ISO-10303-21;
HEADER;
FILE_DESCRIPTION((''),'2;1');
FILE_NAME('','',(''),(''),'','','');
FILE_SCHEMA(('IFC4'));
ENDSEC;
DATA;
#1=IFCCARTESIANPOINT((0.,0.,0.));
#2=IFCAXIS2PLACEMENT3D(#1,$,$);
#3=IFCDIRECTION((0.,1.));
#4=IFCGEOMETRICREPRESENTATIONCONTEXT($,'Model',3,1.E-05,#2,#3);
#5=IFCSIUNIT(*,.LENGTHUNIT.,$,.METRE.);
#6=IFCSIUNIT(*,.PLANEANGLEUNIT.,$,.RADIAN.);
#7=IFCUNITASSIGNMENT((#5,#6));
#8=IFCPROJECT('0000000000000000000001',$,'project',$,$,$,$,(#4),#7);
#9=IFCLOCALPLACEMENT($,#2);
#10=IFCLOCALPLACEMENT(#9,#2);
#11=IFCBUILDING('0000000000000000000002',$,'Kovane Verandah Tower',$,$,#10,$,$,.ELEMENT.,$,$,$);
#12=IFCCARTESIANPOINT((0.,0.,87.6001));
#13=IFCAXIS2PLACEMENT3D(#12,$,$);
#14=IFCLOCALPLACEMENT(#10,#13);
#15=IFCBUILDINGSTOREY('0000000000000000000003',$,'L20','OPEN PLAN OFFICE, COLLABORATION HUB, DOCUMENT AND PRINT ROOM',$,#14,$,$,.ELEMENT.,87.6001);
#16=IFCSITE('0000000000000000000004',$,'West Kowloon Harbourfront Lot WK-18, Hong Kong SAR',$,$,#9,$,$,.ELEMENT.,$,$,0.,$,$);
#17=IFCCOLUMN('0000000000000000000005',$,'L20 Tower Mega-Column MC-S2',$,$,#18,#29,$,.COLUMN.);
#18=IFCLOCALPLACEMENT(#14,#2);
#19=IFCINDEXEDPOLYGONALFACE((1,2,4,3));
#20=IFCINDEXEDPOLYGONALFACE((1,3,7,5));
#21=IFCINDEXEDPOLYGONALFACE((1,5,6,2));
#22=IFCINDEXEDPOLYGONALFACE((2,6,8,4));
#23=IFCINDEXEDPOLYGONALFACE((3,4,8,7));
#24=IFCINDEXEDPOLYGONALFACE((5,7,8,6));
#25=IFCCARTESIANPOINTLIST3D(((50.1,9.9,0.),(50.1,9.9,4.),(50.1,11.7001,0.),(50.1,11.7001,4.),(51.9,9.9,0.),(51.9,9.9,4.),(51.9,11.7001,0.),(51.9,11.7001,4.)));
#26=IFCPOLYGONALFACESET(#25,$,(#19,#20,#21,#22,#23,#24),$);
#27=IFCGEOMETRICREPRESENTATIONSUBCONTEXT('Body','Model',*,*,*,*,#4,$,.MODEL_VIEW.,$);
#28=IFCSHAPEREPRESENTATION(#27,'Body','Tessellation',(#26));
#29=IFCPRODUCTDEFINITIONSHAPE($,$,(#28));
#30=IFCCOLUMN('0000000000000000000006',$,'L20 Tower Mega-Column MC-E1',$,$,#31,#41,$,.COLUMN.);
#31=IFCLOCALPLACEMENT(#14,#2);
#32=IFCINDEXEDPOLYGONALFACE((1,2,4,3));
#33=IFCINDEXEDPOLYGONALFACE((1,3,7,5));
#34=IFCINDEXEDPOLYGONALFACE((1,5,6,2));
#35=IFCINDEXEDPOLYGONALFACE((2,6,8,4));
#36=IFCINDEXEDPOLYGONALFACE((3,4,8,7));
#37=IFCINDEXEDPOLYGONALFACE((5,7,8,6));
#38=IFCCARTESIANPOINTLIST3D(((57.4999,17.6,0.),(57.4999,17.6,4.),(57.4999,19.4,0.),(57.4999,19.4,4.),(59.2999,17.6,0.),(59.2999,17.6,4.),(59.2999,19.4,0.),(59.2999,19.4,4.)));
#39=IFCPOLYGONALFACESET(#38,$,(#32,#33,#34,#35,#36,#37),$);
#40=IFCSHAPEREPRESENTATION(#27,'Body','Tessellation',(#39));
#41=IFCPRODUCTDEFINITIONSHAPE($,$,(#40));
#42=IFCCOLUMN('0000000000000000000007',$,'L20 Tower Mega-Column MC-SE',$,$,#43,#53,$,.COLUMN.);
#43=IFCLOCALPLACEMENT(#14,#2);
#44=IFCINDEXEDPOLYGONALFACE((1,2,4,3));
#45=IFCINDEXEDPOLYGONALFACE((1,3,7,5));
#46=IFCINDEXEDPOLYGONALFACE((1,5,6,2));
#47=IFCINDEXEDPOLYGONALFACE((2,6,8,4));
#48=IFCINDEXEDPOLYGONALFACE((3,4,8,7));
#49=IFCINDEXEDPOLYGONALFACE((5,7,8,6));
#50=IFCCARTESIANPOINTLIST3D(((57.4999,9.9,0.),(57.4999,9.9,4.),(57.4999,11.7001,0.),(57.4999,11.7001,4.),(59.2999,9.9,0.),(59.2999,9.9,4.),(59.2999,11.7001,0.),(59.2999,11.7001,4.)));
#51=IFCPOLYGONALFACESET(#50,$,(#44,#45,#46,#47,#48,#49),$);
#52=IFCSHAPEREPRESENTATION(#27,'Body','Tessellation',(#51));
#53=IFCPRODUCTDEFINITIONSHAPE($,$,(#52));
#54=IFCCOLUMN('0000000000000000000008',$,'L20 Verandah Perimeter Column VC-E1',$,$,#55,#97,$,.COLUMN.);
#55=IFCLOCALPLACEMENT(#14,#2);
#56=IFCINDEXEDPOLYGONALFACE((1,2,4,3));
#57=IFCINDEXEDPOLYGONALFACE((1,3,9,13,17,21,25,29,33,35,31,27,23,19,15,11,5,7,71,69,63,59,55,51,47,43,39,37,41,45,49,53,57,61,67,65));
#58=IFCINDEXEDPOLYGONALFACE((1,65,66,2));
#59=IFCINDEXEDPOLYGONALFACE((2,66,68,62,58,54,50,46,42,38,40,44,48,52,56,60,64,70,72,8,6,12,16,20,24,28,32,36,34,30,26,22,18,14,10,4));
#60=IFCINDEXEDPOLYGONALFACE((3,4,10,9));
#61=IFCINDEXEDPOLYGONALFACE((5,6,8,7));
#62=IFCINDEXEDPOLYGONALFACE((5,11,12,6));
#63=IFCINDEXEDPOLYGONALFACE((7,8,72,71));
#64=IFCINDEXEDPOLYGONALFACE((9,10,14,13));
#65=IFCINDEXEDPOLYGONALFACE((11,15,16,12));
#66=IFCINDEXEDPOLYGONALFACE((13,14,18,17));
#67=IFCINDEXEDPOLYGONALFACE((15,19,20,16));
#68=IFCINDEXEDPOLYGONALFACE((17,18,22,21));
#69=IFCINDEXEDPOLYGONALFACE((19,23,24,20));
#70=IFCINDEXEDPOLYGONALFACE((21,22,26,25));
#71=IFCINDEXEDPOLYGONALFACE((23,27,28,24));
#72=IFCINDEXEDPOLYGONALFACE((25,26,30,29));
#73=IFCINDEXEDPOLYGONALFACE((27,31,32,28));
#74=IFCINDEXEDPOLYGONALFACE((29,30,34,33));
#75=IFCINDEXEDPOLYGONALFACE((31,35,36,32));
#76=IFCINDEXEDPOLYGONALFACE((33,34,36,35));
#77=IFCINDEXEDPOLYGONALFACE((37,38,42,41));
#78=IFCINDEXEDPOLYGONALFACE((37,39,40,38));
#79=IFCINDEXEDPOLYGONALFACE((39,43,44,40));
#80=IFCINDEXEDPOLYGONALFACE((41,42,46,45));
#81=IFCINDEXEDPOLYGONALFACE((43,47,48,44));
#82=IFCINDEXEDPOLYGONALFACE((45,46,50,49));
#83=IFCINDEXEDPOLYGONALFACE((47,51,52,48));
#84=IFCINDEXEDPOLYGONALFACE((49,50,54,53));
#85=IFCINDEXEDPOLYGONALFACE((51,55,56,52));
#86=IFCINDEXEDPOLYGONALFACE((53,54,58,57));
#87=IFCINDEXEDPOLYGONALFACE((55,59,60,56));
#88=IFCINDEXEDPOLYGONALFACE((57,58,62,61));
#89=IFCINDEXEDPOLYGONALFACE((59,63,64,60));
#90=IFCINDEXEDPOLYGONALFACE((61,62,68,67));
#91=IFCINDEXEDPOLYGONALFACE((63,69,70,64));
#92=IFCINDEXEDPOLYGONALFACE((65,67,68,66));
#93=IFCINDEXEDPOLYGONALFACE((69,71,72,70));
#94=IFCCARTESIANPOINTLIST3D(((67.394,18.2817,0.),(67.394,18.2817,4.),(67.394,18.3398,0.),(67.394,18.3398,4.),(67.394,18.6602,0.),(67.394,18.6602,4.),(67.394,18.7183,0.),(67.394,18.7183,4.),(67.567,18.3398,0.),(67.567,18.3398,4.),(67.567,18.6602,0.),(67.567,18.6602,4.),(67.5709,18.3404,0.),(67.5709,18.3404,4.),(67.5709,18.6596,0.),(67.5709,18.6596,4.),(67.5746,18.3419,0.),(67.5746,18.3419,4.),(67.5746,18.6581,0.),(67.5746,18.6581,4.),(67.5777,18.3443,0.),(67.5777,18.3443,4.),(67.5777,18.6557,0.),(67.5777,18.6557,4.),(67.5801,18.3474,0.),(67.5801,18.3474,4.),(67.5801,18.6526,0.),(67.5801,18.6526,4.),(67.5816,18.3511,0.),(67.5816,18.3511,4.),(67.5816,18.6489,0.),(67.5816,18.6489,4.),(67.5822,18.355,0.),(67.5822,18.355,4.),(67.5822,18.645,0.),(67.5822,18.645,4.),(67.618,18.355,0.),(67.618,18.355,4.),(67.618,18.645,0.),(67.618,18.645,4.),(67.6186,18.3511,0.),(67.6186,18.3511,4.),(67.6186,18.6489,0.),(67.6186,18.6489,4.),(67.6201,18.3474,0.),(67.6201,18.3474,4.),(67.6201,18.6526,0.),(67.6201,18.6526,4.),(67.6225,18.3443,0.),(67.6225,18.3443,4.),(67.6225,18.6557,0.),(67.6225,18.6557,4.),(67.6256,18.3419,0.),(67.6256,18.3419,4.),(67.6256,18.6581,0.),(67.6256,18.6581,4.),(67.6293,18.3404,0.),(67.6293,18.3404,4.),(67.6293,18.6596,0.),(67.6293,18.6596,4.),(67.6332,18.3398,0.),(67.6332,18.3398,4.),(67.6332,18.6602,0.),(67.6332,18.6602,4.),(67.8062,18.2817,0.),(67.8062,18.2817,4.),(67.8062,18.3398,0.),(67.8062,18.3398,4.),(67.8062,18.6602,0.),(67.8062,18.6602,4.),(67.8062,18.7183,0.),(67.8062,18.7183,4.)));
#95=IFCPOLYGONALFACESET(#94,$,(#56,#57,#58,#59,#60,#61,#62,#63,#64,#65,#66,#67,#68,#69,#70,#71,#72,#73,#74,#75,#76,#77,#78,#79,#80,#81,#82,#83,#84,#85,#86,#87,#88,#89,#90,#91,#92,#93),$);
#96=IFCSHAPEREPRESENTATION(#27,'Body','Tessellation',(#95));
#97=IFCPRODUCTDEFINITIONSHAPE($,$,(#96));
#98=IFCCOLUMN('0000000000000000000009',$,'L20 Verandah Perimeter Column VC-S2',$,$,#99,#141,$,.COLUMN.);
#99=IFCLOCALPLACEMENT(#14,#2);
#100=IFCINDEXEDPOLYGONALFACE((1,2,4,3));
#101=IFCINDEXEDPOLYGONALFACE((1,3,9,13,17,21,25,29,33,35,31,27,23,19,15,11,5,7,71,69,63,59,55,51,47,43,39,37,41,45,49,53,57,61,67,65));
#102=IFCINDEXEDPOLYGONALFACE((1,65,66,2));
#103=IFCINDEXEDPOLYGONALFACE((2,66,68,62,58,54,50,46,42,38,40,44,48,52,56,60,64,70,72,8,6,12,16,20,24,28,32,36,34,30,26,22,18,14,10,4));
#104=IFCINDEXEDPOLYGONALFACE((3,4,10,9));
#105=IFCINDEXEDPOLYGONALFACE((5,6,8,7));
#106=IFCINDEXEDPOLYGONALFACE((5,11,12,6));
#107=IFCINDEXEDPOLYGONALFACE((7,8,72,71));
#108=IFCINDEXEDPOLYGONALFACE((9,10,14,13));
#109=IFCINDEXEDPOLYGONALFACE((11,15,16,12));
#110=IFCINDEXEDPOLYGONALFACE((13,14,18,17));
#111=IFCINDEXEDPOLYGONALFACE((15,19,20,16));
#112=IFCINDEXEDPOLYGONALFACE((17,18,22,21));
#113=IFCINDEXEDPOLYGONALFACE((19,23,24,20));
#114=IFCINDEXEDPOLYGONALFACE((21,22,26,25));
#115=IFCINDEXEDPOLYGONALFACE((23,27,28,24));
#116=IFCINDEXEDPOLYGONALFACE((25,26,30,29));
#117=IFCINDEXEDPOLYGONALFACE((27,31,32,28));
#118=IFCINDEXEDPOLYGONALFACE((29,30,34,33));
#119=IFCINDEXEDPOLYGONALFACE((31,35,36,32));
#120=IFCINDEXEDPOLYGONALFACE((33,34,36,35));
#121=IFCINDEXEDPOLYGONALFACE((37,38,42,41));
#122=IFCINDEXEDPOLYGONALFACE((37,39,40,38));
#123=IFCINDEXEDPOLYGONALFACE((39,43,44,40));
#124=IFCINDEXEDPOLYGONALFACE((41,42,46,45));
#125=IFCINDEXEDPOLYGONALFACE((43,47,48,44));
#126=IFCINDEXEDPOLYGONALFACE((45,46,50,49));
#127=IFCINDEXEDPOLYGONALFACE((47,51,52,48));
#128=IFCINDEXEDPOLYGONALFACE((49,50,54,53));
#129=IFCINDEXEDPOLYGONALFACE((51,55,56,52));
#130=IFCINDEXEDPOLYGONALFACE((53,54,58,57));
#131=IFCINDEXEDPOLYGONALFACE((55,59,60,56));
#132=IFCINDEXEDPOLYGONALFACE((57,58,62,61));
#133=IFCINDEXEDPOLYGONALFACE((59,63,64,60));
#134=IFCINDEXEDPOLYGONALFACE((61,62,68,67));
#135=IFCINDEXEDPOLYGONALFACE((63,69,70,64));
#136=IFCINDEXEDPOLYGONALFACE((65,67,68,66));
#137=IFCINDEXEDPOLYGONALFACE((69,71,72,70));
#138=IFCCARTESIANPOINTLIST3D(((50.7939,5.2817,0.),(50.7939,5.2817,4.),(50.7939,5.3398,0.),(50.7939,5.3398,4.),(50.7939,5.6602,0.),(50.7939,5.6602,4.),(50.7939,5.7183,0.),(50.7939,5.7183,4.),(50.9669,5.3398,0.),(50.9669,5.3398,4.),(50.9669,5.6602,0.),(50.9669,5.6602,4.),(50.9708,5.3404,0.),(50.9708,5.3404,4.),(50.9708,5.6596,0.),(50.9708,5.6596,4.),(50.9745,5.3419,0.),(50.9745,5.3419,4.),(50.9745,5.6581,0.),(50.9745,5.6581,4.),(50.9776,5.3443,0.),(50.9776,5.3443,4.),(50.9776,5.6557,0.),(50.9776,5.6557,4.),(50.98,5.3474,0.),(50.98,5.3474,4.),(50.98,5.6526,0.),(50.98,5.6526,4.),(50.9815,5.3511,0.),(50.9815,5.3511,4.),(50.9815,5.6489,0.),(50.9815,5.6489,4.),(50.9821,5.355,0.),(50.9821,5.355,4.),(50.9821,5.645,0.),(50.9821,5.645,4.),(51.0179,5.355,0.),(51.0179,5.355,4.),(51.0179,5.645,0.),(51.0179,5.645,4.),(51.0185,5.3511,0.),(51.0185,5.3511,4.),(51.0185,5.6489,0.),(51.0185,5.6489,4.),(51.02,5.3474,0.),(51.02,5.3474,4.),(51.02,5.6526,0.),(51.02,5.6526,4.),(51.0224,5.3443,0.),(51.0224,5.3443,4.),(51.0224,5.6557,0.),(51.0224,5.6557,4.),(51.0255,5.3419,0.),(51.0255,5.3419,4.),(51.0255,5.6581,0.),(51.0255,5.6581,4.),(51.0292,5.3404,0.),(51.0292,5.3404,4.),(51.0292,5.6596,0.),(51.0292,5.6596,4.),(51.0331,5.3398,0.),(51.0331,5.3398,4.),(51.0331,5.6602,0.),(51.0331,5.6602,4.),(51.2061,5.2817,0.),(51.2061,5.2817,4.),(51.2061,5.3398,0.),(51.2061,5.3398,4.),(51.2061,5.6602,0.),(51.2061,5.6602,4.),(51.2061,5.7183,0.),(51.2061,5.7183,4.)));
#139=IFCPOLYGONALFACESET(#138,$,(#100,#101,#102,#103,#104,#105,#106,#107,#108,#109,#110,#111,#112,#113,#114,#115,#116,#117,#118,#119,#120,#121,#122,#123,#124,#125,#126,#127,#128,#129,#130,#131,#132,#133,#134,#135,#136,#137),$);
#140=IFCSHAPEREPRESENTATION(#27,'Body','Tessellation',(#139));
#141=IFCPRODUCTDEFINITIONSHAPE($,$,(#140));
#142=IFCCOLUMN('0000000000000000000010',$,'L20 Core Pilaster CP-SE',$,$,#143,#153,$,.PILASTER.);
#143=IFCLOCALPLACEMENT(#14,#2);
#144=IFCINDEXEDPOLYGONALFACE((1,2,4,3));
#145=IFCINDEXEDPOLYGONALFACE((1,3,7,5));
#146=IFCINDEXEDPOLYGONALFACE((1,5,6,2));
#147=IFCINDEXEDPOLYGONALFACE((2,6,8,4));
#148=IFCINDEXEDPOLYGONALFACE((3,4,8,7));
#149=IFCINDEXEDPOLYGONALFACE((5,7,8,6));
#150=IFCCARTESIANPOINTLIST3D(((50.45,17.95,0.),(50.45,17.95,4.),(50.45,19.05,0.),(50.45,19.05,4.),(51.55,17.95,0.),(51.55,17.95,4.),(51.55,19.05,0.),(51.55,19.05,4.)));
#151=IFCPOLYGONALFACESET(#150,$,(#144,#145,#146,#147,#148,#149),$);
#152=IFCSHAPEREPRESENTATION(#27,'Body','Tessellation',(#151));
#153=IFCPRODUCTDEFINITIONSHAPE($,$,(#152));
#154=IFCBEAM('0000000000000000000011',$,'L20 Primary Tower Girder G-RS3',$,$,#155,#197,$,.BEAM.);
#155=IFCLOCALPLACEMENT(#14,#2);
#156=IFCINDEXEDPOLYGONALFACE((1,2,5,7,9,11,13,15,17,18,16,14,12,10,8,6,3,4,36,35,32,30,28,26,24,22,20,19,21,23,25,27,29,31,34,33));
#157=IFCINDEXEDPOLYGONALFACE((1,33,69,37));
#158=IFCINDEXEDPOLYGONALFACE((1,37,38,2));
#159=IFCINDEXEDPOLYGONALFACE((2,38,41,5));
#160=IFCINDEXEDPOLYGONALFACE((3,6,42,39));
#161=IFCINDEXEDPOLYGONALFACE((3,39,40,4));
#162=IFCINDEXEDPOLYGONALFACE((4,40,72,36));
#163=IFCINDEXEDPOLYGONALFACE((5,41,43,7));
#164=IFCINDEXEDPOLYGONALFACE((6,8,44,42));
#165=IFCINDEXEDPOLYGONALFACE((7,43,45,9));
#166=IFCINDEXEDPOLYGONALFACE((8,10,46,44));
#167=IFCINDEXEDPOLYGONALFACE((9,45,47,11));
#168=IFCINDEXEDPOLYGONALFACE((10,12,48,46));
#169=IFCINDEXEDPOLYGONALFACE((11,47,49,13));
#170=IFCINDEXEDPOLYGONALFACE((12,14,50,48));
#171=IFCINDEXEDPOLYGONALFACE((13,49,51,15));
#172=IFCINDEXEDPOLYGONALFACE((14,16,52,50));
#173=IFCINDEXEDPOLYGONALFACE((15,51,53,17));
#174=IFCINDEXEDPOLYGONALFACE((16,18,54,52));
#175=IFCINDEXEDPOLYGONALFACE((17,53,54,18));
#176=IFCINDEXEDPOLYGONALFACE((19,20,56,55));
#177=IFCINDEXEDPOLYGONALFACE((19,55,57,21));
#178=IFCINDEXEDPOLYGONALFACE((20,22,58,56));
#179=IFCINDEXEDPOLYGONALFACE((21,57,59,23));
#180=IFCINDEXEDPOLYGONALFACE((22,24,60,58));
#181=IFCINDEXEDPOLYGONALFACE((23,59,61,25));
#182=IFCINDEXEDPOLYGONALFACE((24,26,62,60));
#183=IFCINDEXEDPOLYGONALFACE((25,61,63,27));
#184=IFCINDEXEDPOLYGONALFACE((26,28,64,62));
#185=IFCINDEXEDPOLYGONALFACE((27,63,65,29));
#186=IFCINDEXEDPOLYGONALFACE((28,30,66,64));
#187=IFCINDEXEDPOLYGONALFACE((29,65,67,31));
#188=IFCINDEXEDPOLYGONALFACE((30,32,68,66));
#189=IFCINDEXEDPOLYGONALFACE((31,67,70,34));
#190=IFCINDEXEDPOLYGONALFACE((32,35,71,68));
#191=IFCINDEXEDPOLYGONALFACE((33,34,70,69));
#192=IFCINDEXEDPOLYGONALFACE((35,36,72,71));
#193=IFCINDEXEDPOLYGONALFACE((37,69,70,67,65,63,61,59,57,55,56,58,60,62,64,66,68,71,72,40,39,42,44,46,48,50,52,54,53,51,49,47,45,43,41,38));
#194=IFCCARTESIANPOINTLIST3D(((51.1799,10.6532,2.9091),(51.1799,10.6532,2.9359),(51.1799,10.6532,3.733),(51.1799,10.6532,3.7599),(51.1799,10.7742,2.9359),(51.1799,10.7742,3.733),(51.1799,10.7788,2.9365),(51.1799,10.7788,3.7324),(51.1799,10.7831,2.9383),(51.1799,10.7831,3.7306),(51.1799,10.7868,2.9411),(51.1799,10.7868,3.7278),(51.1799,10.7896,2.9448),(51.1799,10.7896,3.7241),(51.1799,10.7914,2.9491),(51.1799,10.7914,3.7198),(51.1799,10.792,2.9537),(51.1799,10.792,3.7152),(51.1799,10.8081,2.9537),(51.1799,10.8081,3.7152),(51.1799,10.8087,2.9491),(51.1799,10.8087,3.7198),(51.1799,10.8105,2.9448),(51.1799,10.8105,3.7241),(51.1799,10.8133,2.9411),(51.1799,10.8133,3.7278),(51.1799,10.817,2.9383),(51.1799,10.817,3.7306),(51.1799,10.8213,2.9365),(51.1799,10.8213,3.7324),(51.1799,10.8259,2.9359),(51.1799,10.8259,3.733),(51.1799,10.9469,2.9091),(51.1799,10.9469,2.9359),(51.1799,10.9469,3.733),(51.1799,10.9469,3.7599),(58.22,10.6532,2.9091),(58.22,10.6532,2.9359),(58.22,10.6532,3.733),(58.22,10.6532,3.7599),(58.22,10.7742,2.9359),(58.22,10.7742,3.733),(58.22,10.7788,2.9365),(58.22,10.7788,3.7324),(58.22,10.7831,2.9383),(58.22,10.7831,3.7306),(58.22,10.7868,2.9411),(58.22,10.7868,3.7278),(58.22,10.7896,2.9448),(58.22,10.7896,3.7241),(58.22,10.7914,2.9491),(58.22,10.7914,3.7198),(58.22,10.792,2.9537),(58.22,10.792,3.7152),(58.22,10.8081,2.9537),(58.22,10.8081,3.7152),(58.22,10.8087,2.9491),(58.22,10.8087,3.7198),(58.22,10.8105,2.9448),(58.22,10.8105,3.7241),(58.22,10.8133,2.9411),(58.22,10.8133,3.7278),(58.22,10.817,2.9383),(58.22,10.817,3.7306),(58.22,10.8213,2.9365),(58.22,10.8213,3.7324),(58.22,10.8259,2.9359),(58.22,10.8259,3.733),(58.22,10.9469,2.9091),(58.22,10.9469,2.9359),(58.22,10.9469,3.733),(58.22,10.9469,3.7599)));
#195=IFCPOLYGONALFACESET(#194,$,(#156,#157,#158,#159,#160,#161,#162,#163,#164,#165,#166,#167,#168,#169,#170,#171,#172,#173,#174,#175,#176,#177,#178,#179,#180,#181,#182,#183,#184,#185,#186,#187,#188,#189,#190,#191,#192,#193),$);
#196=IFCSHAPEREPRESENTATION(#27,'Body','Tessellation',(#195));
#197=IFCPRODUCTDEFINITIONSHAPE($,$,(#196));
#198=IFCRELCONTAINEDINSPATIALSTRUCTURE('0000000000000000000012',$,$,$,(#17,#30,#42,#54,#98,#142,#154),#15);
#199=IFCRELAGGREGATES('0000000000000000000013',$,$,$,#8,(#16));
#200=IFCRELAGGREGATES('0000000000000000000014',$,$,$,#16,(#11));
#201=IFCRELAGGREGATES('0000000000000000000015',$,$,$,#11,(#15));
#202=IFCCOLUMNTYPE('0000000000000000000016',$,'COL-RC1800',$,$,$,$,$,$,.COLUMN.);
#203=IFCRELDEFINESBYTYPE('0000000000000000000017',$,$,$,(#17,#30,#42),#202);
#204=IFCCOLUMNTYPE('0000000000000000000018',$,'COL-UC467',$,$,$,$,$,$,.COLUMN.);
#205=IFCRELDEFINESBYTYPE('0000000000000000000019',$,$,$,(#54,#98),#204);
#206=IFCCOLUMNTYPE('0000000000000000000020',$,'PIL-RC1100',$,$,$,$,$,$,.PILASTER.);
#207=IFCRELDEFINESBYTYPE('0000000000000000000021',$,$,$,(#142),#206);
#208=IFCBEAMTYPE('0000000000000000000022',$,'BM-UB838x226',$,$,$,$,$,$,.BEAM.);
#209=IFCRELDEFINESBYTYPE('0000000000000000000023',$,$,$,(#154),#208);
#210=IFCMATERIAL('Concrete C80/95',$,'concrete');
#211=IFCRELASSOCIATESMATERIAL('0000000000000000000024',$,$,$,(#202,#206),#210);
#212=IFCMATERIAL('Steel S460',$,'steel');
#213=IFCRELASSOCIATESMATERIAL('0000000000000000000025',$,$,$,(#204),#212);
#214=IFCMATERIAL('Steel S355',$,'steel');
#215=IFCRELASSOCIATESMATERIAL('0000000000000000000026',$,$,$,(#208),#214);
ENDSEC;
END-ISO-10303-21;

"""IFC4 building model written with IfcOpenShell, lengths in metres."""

from ifc_helpers import new_model, si_unit, direction, frame, origin, origin_2d, place, context, subcontext, project, spatial, rectangle, i_section, extrude, material, material_profile, profile_set, type_object, element, save


model = new_model("IFC4")

# Units and contexts
model_context = context("Model", 3, precision=1e-05, world=origin(), true_north=direction((0.0, 1.0)))
body_context = subcontext(model_context, "Body", "Model", "MODEL_VIEW")
ifc_project = project(units=[si_unit("LENGTHUNIT", "METRE"), si_unit("PLANEANGLEUNIT", "RADIAN")], contexts=[model_context])

# Site, building, storey
site_placement = place(None, origin())
site = spatial("IfcSite", under=ifc_project, at=site_placement, Name="West Kowloon Harbourfront Lot WK-18, Hong Kong SAR", CompositionType="ELEMENT", RefElevation=0.0)
building_placement = place(site_placement, origin())
building = spatial("IfcBuilding", under=site, at=building_placement, Name="Kovane Verandah Tower", CompositionType="ELEMENT")
storey_placement = place(building_placement, frame((0.0, 0.0, 87.6001)))
storey = spatial("IfcBuildingStorey", under=building, at=storey_placement, Name="L20", Description="OPEN PLAN OFFICE, COLLABORATION HUB, DOCUMENT AND PRINT ROOM", CompositionType="ELEMENT", Elevation=87.6001)

# Columns
ifc_material_1 = material(Name="Concrete C80/95", Category="concrete")
ifc_material_profile_1 = material_profile(ifc_material_1, rectangle(XDim=1.8, YDim=1.8, at=origin_2d()), Name="RC1800x1800")
ifc_profile_set_1 = profile_set([ifc_material_profile_1], Name="Concrete C80/95")
column_type_1 = type_object("IfcColumnType", Name="COL-RC1800", PredefinedType="COLUMN", material=ifc_profile_set_1)
for number, where, z_axis, x_axis, name in (
    (1, (51.0, 10.8, 0.0), (0.0, 0.0, 1.0), (1.0, 0.0, 0.0), "L20 Tower Mega-Column MC-S2"),
    (2, (58.3999, 18.5, 0.0), (0.0, 0.0, 1.0), (1.0, 0.0, 0.0), "L20 Tower Mega-Column MC-E1"),
    (3, (58.3999, 10.8, 0.0), (0.0, 0.0, 1.0), (1.0, 0.0, 0.0), "L20 Tower Mega-Column MC-SE"),
):
    element("IfcColumn", number, at=place(storey_placement, frame(where, z_axis=z_axis, x_axis=x_axis)), inside=storey, type_object=column_type_1, Name=name, PredefinedType="COLUMN", context=body_context, shape_type="SweptSolid", body=[
        extrude(rectangle(XDim=1.8, YDim=1.8, at=origin_2d()), origin(), (0.0, 0.0, 1.0), 4.0),
    ])
ifc_material_2 = material(Name="Steel S460", Category="steel")
ifc_material_profile_2 = material_profile(ifc_material_2, i_section(OverallWidth=0.4121, OverallDepth=0.4365, WebThickness=0.0359, FlangeThickness=0.0581, FilletRadius=0.0151, at=origin_2d()), Name="UC356x406x467")
ifc_profile_set_2 = profile_set([ifc_material_profile_2], Name="Steel S460")
column_type_2 = type_object("IfcColumnType", Name="COL-UC467", PredefinedType="COLUMN", material=ifc_profile_set_2)
for number, where, z_axis, x_axis, name in (
    (4, (67.6001, 18.5, 0.0), (0.0, 0.0, 1.0), (1.0, 0.0, 0.0), "L20 Verandah Perimeter Column VC-E1"),
    (5, (51.0, 5.5, 0.0), (0.0, 0.0, 1.0), (1.0, 0.0, 0.0), "L20 Verandah Perimeter Column VC-S2"),
):
    element("IfcColumn", number, at=place(storey_placement, frame(where, z_axis=z_axis, x_axis=x_axis)), inside=storey, type_object=column_type_2, Name=name, PredefinedType="COLUMN", context=body_context, shape_type="SweptSolid", body=[
        extrude(i_section(OverallWidth=0.4121, OverallDepth=0.4365, WebThickness=0.0359, FlangeThickness=0.0581, FilletRadius=0.0151, at=origin_2d()), origin(), (0.0, 0.0, 1.0), 4.0),
    ])
ifc_material_profile_3 = material_profile(ifc_material_1, rectangle(XDim=1.1001, YDim=1.1001, at=origin_2d()), Name="RC1100x1100")
ifc_profile_set_3 = profile_set([ifc_material_profile_3], Name="Concrete C80/95")
column_type_3 = type_object("IfcColumnType", Name="PIL-RC1100", PredefinedType="PILASTER", material=ifc_profile_set_3)
column_placement = place(storey_placement, frame((51.0, 18.5, 0.0), z_axis=(0.0, 0.0, 1.0), x_axis=(1.0, 0.0, 0.0)))
element("IfcColumn", 6, at=column_placement, inside=storey, type_object=column_type_3, Name="L20 Core Pilaster CP-SE", PredefinedType="PILASTER", context=body_context, shape_type="SweptSolid", body=[
    extrude(rectangle(XDim=1.1001, YDim=1.1001, at=origin_2d()), origin(), (0.0, 0.0, 1.0), 4.0),
])

# Beam
ifc_material_3 = material(Name="Steel S355", Category="steel")
ifc_material_profile_4 = material_profile(ifc_material_3, i_section(OverallWidth=0.2937, OverallDepth=0.8508, WebThickness=0.0161, FlangeThickness=0.0269, FilletRadius=0.0178, at=origin_2d()), Name="UB838x292x226")
ifc_profile_set_4 = profile_set([ifc_material_profile_4], Name="Steel S355")
beam_type_1 = type_object("IfcBeamType", Name="BM-UB838x226", PredefinedType="BEAM", material=ifc_profile_set_4)
beam_1_placement = place(storey_placement, frame((51.1799, 10.8, 3.3345), z_axis=(1.0, 0.0, 0.0), x_axis=(0.0, 1.0, 0.0)))
element("IfcBeam", 7, at=beam_1_placement, inside=storey, type_object=beam_type_1, Name="L20 Primary Tower Girder G-RS3", PredefinedType="BEAM", context=body_context, shape_type="SweptSolid", body=[
    extrude(i_section(OverallWidth=0.2937, OverallDepth=0.8508, WebThickness=0.0161, FlangeThickness=0.0269, FilletRadius=0.0178, at=origin_2d()), origin(), (0.0, 0.0, 1.0), 7.04),
])

save(model, "model.ifc")
